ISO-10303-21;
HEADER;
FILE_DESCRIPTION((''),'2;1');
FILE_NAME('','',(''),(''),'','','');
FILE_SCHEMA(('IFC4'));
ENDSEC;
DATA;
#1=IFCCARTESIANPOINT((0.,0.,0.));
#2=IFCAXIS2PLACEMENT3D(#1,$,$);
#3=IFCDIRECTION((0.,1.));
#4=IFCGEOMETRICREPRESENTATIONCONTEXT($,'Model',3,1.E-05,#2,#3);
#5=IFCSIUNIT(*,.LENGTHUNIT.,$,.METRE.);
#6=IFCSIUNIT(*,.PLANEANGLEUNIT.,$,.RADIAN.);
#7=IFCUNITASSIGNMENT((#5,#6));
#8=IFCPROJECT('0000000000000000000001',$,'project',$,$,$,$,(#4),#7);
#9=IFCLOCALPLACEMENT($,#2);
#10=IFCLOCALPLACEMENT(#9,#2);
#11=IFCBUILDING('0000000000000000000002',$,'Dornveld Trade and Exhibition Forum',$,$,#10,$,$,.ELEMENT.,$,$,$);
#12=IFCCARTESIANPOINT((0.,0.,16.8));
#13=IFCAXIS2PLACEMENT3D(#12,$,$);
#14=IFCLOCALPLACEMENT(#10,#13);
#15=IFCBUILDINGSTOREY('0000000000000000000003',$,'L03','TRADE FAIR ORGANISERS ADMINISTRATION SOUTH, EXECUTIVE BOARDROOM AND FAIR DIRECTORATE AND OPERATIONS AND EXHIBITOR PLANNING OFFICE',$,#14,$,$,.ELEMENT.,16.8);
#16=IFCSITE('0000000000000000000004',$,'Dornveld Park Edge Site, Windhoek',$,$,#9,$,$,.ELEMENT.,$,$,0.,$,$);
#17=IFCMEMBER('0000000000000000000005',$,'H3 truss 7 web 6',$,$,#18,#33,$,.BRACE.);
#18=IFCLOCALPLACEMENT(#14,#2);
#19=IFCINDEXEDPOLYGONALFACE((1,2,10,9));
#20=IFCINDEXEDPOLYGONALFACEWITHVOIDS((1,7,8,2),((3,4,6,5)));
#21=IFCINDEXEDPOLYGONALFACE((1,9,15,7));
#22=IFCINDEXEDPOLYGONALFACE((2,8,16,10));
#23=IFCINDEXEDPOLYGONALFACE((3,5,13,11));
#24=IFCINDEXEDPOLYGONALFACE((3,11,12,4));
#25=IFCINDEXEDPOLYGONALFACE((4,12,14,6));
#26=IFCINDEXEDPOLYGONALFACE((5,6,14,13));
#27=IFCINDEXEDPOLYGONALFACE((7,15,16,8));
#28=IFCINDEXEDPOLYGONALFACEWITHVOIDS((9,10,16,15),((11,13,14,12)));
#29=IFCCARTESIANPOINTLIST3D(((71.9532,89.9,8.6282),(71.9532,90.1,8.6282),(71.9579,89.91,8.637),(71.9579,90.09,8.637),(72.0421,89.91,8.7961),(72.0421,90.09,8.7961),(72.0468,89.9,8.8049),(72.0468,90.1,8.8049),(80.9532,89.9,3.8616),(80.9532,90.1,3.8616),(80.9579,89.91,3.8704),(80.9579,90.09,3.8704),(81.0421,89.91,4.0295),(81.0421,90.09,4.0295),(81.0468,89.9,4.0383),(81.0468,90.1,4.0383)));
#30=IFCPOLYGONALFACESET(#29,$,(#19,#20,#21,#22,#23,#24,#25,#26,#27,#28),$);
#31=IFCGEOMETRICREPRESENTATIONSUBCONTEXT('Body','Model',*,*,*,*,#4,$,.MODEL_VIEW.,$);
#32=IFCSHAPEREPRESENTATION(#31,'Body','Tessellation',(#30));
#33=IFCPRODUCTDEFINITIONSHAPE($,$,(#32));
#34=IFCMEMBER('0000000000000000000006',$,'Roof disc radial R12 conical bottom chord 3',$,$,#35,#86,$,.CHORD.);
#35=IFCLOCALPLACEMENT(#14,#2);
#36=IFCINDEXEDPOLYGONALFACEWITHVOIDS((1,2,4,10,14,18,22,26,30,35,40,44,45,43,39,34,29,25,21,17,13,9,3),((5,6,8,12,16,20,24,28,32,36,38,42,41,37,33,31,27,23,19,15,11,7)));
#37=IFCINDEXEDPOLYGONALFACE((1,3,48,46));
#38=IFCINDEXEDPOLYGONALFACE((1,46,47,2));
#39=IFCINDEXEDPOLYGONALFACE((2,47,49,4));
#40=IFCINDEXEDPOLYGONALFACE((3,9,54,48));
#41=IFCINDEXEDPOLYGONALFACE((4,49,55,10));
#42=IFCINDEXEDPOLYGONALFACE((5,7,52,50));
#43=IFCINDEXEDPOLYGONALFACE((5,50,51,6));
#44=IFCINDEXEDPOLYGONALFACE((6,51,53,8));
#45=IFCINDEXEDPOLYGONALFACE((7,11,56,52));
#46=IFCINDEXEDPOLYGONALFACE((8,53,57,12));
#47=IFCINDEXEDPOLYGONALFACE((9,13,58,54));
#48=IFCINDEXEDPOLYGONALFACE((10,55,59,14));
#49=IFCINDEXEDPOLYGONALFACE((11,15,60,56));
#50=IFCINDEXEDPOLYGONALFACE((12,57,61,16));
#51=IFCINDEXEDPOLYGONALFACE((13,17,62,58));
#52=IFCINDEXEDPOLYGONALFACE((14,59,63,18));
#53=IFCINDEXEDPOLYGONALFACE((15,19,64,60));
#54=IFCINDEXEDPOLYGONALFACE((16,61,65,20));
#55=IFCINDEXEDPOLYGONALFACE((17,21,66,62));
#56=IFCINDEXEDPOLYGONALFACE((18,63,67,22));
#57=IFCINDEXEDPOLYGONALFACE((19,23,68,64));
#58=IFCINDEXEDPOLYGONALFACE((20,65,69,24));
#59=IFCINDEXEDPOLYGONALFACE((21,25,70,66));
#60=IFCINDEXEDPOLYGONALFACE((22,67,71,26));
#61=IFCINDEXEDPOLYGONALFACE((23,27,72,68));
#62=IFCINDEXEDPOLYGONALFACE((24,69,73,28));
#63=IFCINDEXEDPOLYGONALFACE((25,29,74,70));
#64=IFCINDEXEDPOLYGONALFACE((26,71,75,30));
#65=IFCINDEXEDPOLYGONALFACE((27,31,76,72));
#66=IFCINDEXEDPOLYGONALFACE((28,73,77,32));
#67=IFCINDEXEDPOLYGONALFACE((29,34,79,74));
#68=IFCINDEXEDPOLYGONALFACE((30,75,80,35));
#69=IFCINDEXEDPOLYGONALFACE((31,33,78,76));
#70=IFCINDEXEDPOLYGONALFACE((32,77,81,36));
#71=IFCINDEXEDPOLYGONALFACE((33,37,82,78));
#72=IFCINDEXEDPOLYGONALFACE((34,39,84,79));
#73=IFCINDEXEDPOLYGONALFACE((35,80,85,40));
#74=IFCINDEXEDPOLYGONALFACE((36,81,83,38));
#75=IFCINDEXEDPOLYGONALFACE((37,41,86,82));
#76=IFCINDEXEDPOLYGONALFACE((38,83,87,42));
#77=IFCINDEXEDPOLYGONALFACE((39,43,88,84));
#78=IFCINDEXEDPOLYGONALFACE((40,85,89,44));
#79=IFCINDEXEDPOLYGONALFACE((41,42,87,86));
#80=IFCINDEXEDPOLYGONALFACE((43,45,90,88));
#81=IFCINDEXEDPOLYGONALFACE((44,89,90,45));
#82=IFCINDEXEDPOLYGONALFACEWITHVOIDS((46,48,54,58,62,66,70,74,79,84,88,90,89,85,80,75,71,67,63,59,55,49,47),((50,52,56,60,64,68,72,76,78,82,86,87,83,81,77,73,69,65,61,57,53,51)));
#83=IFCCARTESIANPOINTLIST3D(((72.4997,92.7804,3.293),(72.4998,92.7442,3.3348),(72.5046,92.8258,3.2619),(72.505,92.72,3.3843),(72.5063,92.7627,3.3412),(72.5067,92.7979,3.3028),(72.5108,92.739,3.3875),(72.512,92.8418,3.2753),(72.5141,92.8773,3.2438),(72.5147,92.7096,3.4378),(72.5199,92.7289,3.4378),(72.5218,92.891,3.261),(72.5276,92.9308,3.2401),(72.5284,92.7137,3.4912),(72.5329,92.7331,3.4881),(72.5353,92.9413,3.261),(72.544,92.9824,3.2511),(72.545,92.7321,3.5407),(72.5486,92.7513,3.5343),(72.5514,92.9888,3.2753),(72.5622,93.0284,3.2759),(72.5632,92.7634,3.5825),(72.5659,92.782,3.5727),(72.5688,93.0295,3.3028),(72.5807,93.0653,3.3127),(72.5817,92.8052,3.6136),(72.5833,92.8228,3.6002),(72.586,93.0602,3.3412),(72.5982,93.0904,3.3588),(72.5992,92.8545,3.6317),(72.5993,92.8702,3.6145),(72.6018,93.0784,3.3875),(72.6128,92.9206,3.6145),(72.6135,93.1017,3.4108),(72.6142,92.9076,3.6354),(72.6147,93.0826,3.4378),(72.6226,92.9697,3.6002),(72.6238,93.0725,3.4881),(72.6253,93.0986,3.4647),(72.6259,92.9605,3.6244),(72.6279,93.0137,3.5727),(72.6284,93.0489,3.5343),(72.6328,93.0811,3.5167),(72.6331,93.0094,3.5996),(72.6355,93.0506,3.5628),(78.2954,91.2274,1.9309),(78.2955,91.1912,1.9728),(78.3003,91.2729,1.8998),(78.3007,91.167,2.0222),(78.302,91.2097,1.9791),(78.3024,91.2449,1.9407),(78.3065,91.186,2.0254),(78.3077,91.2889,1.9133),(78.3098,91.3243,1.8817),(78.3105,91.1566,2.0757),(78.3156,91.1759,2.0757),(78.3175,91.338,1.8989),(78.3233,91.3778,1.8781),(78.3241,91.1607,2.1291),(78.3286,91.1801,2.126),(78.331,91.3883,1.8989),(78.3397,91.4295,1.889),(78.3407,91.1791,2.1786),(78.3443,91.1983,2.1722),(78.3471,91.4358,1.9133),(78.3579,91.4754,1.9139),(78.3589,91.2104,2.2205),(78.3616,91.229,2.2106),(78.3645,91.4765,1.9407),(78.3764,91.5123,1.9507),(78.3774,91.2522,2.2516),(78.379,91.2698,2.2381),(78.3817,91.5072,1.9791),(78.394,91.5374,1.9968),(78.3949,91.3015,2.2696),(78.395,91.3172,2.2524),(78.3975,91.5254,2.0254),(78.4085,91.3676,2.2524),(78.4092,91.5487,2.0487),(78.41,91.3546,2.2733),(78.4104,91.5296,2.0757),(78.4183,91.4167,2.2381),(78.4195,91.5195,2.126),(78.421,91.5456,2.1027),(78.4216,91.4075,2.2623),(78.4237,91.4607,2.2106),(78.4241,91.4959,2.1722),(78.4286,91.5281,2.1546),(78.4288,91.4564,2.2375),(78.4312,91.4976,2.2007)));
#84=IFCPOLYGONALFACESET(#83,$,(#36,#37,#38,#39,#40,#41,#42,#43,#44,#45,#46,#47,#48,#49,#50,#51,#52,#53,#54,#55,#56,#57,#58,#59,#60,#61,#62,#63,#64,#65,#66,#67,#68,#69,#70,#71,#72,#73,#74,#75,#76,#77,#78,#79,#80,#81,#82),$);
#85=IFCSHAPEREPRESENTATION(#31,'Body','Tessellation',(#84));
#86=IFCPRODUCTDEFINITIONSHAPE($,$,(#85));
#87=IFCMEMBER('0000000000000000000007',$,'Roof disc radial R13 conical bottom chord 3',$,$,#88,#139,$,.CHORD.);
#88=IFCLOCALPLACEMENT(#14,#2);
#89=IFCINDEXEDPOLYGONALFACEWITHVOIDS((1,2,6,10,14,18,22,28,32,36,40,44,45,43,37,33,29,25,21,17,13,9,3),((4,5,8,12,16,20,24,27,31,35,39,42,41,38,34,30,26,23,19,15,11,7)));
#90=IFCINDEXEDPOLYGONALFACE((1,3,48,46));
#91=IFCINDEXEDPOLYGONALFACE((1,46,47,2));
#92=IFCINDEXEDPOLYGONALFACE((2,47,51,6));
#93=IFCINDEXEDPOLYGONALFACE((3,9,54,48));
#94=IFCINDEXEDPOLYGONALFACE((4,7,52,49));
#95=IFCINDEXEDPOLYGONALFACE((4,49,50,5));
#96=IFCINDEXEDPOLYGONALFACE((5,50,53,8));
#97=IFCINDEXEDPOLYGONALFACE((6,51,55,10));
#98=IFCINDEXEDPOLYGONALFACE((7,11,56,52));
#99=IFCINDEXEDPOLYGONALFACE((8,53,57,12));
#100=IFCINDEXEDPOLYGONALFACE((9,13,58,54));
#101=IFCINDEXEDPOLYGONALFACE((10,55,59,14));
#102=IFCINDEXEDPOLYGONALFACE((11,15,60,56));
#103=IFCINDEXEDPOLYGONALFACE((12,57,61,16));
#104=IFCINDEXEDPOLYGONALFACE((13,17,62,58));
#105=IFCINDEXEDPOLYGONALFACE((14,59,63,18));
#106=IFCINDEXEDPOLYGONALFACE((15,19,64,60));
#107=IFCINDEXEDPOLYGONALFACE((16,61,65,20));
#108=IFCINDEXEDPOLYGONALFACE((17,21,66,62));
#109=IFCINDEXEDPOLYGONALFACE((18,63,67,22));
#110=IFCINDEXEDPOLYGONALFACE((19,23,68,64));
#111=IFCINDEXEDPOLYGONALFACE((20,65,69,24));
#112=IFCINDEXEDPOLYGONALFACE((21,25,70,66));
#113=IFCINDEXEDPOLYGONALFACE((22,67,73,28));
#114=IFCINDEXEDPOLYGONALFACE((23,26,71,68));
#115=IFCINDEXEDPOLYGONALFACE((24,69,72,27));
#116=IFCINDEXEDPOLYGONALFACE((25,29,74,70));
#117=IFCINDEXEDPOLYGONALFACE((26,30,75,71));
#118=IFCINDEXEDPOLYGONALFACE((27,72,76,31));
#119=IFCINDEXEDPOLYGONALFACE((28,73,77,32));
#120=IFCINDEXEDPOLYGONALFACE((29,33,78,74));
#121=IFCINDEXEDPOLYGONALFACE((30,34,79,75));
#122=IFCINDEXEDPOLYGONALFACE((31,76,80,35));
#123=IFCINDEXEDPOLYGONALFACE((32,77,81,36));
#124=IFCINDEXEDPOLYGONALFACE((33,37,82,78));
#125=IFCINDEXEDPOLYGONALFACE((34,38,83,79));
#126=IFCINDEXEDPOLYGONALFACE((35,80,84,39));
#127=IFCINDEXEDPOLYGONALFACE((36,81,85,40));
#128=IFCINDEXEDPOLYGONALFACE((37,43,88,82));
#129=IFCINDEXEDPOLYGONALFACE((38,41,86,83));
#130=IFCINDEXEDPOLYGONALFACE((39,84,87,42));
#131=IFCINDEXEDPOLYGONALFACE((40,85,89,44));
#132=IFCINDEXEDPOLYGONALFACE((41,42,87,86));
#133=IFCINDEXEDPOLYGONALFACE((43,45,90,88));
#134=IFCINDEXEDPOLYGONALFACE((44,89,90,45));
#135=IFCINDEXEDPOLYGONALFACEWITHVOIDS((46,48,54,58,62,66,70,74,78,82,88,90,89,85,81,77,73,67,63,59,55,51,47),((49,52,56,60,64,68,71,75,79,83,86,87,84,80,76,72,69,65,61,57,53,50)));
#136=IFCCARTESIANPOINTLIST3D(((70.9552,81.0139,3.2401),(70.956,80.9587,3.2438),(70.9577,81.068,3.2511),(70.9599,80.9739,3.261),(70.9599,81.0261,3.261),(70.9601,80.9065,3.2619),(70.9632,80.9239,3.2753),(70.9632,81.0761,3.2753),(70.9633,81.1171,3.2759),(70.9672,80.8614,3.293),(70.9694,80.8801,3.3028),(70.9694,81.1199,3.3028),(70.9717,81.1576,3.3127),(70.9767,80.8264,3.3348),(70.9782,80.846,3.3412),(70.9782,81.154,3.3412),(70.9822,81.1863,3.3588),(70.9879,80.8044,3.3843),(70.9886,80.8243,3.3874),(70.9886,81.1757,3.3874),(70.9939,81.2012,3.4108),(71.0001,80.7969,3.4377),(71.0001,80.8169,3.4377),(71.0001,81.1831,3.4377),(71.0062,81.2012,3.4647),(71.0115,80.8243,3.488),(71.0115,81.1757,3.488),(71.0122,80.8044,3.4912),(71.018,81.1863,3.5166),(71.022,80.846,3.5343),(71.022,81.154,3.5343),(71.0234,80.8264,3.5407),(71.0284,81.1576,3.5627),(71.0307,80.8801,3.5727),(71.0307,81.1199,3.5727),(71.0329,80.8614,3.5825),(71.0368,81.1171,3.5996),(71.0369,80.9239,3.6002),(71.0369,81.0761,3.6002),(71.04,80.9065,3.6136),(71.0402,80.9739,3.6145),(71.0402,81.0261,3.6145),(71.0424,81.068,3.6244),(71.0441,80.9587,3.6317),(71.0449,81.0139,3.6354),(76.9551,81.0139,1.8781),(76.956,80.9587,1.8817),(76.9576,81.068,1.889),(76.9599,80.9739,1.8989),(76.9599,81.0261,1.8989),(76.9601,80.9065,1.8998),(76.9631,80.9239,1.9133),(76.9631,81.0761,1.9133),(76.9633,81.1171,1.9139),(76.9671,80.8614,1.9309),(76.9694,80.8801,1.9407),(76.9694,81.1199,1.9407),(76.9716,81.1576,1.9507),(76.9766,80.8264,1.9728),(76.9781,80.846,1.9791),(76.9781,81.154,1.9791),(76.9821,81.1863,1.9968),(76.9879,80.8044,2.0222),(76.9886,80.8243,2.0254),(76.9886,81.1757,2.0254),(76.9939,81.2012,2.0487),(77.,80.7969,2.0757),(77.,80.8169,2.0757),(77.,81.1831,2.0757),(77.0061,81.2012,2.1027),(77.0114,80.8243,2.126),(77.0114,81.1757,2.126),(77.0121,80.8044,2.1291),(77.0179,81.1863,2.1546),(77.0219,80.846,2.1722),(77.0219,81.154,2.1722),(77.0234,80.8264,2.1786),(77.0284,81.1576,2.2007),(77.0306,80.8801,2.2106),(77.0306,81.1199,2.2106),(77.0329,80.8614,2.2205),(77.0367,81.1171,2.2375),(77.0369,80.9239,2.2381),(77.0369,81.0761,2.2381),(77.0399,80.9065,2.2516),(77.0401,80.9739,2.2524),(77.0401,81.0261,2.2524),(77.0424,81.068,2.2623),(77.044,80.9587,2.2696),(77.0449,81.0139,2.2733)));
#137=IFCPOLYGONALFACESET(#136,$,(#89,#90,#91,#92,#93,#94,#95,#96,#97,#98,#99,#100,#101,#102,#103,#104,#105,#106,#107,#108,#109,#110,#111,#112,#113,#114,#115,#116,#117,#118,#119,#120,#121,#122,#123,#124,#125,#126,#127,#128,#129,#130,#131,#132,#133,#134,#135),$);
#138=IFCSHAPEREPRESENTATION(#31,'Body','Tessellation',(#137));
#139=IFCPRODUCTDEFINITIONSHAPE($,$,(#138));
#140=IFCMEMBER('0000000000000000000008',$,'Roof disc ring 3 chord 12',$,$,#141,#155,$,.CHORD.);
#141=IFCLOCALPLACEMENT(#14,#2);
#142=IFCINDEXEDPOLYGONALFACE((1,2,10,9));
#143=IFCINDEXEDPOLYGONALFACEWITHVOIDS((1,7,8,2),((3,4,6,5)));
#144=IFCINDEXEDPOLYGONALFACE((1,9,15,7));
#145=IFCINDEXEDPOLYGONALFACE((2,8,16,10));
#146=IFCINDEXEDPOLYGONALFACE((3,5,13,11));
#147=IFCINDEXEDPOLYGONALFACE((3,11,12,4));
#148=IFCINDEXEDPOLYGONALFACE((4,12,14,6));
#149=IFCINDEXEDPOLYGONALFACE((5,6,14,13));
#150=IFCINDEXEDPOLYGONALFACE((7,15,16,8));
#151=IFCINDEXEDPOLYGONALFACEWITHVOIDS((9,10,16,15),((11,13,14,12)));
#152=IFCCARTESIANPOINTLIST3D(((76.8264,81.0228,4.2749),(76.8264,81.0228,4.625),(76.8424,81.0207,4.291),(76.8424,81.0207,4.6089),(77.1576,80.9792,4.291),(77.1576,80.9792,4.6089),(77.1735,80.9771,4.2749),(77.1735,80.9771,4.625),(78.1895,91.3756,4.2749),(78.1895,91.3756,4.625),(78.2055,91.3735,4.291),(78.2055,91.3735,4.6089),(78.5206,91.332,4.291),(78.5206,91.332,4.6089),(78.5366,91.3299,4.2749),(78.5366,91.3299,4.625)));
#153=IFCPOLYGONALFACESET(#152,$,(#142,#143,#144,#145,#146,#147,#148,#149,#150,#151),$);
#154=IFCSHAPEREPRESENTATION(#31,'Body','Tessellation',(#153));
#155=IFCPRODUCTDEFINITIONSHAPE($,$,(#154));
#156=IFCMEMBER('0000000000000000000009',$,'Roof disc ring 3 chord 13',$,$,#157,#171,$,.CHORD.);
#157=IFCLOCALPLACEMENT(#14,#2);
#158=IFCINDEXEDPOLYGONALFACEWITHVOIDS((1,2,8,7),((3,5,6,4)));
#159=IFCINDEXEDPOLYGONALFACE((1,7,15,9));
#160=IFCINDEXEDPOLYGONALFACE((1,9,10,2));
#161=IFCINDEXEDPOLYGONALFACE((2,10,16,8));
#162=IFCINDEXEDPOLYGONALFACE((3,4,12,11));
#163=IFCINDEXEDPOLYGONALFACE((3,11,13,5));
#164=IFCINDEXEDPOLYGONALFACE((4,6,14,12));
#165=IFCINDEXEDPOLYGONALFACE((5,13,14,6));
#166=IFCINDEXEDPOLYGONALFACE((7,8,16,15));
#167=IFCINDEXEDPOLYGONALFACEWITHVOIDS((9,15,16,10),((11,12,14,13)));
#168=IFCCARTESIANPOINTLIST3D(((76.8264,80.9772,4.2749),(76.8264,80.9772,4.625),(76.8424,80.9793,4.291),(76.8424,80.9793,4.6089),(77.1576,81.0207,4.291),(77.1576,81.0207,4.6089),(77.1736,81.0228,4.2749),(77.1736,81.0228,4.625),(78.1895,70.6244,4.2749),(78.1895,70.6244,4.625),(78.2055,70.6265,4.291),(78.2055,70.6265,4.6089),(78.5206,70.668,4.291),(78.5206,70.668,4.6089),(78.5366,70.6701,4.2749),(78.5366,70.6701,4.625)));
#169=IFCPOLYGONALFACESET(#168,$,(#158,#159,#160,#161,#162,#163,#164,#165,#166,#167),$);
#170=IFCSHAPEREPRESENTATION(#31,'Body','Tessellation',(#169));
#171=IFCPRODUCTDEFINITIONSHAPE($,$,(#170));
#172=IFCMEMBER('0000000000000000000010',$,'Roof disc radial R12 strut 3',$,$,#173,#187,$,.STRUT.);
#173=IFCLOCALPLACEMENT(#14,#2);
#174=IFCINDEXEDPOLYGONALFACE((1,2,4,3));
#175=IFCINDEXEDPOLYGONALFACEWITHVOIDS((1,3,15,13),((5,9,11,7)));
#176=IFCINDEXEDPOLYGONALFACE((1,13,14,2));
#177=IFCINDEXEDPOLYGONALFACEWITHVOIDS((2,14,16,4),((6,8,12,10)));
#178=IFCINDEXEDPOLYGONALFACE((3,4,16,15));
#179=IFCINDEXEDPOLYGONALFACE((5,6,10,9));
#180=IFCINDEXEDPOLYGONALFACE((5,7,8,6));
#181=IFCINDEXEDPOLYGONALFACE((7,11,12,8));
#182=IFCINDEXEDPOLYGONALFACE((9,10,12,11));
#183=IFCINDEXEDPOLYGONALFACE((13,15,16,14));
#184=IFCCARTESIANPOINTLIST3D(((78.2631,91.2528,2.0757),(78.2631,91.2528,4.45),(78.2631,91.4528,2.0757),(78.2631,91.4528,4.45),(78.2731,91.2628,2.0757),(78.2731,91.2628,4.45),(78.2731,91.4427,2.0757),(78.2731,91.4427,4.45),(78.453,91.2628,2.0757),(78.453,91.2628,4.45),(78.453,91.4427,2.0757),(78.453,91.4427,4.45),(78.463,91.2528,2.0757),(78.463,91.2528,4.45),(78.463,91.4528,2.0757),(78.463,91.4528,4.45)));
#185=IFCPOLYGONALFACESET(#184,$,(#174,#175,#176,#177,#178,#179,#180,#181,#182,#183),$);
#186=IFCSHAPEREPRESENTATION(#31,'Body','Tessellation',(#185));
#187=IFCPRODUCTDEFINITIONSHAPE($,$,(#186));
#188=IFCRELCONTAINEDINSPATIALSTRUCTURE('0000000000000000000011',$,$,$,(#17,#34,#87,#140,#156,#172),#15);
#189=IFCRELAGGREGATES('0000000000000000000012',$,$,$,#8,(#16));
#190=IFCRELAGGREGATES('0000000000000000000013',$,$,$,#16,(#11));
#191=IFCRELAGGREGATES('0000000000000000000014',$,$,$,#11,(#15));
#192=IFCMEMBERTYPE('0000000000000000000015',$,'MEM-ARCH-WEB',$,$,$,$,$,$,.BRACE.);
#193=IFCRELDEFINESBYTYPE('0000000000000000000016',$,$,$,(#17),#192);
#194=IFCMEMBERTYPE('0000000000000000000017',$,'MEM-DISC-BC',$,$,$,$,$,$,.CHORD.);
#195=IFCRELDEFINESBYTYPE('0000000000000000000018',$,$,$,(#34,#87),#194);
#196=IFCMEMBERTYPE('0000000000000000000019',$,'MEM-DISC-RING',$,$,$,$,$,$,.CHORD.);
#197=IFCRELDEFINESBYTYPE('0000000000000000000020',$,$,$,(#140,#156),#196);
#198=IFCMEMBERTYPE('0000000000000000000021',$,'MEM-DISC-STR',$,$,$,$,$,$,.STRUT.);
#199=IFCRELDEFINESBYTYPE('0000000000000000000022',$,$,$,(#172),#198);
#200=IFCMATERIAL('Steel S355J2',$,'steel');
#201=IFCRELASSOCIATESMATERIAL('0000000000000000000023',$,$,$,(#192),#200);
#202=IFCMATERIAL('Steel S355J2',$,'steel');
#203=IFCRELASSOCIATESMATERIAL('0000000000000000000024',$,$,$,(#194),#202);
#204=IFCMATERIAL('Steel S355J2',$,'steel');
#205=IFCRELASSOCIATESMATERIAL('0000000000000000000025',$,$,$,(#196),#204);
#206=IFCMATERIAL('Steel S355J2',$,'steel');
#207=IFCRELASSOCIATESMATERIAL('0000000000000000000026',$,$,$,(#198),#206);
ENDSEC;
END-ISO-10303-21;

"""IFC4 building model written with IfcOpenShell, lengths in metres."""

from ifc_helpers import new_model, si_unit, direction, frame, origin, origin_2d, place, context, subcontext, project, spatial, hollow_rectangle, hollow_circle, extrude, material, material_profile, profile_set, type_object, element, save


model = new_model("IFC4")

# Units and contexts
model_context = context("Model", 3, precision=1e-05, world=origin(), true_north=direction((0.0, 1.0)))
body_context = subcontext(model_context, "Body", "Model", "MODEL_VIEW")
ifc_project = project(units=[si_unit("LENGTHUNIT", "METRE"), si_unit("PLANEANGLEUNIT", "RADIAN")], contexts=[model_context])

# Site, building, storey
site_placement = place(None, origin())
site = spatial("IfcSite", under=ifc_project, at=site_placement, Name="Dornveld Park Edge Site, Windhoek", CompositionType="ELEMENT", RefElevation=0.0)
building_placement = place(site_placement, origin())
building = spatial("IfcBuilding", under=site, at=building_placement, Name="Dornveld Trade and Exhibition Forum", CompositionType="ELEMENT")
storey_placement = place(building_placement, frame((0.0, 0.0, 16.8)))
storey = spatial("IfcBuildingStorey", under=building, at=storey_placement, Name="L03", Description="TRADE FAIR ORGANISERS ADMINISTRATION SOUTH, EXECUTIVE BOARDROOM AND FAIR DIRECTORATE AND OPERATIONS AND EXHIBITOR PLANNING OFFICE", CompositionType="ELEMENT", Elevation=16.8)

# Members
ifc_material_1 = material(Name="Steel S355J2", Category="steel")
ifc_material_profile_1 = material_profile(ifc_material_1, hollow_rectangle(XDim=0.2, YDim=0.2, WallThickness=0.01, at=origin_2d()), Name="SHS 200x200x10")
ifc_profile_set_1 = profile_set([ifc_material_profile_1], Name="Steel S355J2")
member_type_1 = type_object("IfcMemberType", Name="MEM-ARCH-WEB", PredefinedType="BRACE", material=ifc_profile_set_1)
member_1_placement = place(storey_placement, frame((81.0, 90.0, 3.95), z_axis=(-0.883711, 0.0, 0.468033), x_axis=(0.0, -1.0, 0.0)))
element("IfcMember", 1, at=member_1_placement, inside=storey, type_object=member_type_1, Name="H3 truss 7 web 6", PredefinedType="BRACE", context=body_context, shape_type="SweptSolid", body=[
    extrude(hollow_rectangle(XDim=0.2, YDim=0.2, WallThickness=0.01, at=origin_2d()), origin(), (0.0, 0.0, 1.0), 10.1843),
])
ifc_material_2 = material(Name="Steel S355J2", Category="steel")
ifc_material_profile_2 = material_profile(ifc_material_2, hollow_circle(Radius=0.2031, WallThickness=0.02, at=origin_2d()), Name="CHS 406.4x20")
ifc_profile_set_2 = profile_set([ifc_material_profile_2], Name="Steel S355J2")
member_type_2 = type_object("IfcMemberType", Name="MEM-DISC-BC", PredefinedType="CHORD", material=ifc_profile_set_2)
member_2_placement = place(storey_placement, frame((78.363, 91.3528, 2.0757), z_axis=(-0.941959, 0.252403, 0.221374), x_axis=(-0.258825, -0.965924, 0.0)))
element("IfcMember", 2, at=member_2_placement, inside=storey, type_object=member_type_2, Name="Roof disc radial R12 conical bottom chord 3", PredefinedType="CHORD", context=body_context, shape_type="SweptSolid", body=[
    extrude(hollow_circle(Radius=0.2031, WallThickness=0.02, at=origin_2d()), origin(), (0.0, 0.0, 1.0), 6.1528),
])
member_3_placement = place(storey_placement, frame((77.0, 81.0, 2.0757), z_axis=(-0.975188, 0.0, 0.221378), x_axis=(0.0, -1.0, 0.0)))
element("IfcMember", 3, at=member_3_placement, inside=storey, type_object=member_type_2, Name="Roof disc radial R13 conical bottom chord 3", PredefinedType="CHORD", context=body_context, shape_type="SweptSolid", body=[
    extrude(hollow_circle(Radius=0.2031, WallThickness=0.02, at=origin_2d()), origin(), (0.0, 0.0, 1.0), 6.1526),
])
ifc_material_3 = material(Name="Steel S355J2", Category="steel")
ifc_material_profile_3 = material_profile(ifc_material_3, hollow_rectangle(XDim=0.3501, YDim=0.3501, WallThickness=0.0161, at=origin_2d()), Name="SHS 350x350x16")
ifc_profile_set_3 = profile_set([ifc_material_profile_3], Name="Steel S355J2")
member_type_3 = type_object("IfcMemberType", Name="MEM-DISC-RING", PredefinedType="CHORD", material=ifc_profile_set_3)
for number, where, z_axis, x_axis, name in (
    (4, (78.363, 91.3528, 4.45), (-0.130533, -0.991444, 0.0), (0.991444, -0.130533, 0.0), "Roof disc ring 3 chord 12"),
    (5, (77.0, 81.0, 4.45), (0.130533, -0.991444, 0.0), (0.991444, 0.130533, 0.0), "Roof disc ring 3 chord 13"),
):
    element("IfcMember", number, at=place(storey_placement, frame(where, z_axis=z_axis, x_axis=x_axis)), inside=storey, type_object=member_type_3, Name=name, PredefinedType="CHORD", context=body_context, shape_type="SweptSolid", body=[
        extrude(hollow_rectangle(XDim=0.3501, YDim=0.3501, WallThickness=0.0161, at=origin_2d()), origin(), (0.0, 0.0, 1.0), 10.4421),
    ])
ifc_material_4 = material(Name="Steel S355J2", Category="steel")
ifc_material_profile_4 = material_profile(ifc_material_4, hollow_rectangle(XDim=0.2, YDim=0.2, WallThickness=0.01, at=origin_2d()), Name="SHS 200x200x10")
ifc_profile_set_4 = profile_set([ifc_material_profile_4], Name="Steel S355J2")
member_type_4 = type_object("IfcMemberType", Name="MEM-DISC-STR", PredefinedType="STRUT", material=ifc_profile_set_4)
for number, where, z_axis, x_axis, name in (
    (6, (78.363, 91.3528, 2.0757), (0.0, 0.0, 1.0), (1.0, 0.0, 0.0), "Roof disc radial R12 strut 3"),
):
    element("IfcMember", number, at=place(storey_placement, frame(where, z_axis=z_axis, x_axis=x_axis)), inside=storey, type_object=member_type_4, Name=name, PredefinedType="STRUT", context=body_context, shape_type="SweptSolid", body=[
        extrude(hollow_rectangle(XDim=0.2, YDim=0.2, WallThickness=0.01, at=origin_2d()), origin(), (0.0, 0.0, 1.0), 2.3743),
    ])

save(model, "model.ifc")
